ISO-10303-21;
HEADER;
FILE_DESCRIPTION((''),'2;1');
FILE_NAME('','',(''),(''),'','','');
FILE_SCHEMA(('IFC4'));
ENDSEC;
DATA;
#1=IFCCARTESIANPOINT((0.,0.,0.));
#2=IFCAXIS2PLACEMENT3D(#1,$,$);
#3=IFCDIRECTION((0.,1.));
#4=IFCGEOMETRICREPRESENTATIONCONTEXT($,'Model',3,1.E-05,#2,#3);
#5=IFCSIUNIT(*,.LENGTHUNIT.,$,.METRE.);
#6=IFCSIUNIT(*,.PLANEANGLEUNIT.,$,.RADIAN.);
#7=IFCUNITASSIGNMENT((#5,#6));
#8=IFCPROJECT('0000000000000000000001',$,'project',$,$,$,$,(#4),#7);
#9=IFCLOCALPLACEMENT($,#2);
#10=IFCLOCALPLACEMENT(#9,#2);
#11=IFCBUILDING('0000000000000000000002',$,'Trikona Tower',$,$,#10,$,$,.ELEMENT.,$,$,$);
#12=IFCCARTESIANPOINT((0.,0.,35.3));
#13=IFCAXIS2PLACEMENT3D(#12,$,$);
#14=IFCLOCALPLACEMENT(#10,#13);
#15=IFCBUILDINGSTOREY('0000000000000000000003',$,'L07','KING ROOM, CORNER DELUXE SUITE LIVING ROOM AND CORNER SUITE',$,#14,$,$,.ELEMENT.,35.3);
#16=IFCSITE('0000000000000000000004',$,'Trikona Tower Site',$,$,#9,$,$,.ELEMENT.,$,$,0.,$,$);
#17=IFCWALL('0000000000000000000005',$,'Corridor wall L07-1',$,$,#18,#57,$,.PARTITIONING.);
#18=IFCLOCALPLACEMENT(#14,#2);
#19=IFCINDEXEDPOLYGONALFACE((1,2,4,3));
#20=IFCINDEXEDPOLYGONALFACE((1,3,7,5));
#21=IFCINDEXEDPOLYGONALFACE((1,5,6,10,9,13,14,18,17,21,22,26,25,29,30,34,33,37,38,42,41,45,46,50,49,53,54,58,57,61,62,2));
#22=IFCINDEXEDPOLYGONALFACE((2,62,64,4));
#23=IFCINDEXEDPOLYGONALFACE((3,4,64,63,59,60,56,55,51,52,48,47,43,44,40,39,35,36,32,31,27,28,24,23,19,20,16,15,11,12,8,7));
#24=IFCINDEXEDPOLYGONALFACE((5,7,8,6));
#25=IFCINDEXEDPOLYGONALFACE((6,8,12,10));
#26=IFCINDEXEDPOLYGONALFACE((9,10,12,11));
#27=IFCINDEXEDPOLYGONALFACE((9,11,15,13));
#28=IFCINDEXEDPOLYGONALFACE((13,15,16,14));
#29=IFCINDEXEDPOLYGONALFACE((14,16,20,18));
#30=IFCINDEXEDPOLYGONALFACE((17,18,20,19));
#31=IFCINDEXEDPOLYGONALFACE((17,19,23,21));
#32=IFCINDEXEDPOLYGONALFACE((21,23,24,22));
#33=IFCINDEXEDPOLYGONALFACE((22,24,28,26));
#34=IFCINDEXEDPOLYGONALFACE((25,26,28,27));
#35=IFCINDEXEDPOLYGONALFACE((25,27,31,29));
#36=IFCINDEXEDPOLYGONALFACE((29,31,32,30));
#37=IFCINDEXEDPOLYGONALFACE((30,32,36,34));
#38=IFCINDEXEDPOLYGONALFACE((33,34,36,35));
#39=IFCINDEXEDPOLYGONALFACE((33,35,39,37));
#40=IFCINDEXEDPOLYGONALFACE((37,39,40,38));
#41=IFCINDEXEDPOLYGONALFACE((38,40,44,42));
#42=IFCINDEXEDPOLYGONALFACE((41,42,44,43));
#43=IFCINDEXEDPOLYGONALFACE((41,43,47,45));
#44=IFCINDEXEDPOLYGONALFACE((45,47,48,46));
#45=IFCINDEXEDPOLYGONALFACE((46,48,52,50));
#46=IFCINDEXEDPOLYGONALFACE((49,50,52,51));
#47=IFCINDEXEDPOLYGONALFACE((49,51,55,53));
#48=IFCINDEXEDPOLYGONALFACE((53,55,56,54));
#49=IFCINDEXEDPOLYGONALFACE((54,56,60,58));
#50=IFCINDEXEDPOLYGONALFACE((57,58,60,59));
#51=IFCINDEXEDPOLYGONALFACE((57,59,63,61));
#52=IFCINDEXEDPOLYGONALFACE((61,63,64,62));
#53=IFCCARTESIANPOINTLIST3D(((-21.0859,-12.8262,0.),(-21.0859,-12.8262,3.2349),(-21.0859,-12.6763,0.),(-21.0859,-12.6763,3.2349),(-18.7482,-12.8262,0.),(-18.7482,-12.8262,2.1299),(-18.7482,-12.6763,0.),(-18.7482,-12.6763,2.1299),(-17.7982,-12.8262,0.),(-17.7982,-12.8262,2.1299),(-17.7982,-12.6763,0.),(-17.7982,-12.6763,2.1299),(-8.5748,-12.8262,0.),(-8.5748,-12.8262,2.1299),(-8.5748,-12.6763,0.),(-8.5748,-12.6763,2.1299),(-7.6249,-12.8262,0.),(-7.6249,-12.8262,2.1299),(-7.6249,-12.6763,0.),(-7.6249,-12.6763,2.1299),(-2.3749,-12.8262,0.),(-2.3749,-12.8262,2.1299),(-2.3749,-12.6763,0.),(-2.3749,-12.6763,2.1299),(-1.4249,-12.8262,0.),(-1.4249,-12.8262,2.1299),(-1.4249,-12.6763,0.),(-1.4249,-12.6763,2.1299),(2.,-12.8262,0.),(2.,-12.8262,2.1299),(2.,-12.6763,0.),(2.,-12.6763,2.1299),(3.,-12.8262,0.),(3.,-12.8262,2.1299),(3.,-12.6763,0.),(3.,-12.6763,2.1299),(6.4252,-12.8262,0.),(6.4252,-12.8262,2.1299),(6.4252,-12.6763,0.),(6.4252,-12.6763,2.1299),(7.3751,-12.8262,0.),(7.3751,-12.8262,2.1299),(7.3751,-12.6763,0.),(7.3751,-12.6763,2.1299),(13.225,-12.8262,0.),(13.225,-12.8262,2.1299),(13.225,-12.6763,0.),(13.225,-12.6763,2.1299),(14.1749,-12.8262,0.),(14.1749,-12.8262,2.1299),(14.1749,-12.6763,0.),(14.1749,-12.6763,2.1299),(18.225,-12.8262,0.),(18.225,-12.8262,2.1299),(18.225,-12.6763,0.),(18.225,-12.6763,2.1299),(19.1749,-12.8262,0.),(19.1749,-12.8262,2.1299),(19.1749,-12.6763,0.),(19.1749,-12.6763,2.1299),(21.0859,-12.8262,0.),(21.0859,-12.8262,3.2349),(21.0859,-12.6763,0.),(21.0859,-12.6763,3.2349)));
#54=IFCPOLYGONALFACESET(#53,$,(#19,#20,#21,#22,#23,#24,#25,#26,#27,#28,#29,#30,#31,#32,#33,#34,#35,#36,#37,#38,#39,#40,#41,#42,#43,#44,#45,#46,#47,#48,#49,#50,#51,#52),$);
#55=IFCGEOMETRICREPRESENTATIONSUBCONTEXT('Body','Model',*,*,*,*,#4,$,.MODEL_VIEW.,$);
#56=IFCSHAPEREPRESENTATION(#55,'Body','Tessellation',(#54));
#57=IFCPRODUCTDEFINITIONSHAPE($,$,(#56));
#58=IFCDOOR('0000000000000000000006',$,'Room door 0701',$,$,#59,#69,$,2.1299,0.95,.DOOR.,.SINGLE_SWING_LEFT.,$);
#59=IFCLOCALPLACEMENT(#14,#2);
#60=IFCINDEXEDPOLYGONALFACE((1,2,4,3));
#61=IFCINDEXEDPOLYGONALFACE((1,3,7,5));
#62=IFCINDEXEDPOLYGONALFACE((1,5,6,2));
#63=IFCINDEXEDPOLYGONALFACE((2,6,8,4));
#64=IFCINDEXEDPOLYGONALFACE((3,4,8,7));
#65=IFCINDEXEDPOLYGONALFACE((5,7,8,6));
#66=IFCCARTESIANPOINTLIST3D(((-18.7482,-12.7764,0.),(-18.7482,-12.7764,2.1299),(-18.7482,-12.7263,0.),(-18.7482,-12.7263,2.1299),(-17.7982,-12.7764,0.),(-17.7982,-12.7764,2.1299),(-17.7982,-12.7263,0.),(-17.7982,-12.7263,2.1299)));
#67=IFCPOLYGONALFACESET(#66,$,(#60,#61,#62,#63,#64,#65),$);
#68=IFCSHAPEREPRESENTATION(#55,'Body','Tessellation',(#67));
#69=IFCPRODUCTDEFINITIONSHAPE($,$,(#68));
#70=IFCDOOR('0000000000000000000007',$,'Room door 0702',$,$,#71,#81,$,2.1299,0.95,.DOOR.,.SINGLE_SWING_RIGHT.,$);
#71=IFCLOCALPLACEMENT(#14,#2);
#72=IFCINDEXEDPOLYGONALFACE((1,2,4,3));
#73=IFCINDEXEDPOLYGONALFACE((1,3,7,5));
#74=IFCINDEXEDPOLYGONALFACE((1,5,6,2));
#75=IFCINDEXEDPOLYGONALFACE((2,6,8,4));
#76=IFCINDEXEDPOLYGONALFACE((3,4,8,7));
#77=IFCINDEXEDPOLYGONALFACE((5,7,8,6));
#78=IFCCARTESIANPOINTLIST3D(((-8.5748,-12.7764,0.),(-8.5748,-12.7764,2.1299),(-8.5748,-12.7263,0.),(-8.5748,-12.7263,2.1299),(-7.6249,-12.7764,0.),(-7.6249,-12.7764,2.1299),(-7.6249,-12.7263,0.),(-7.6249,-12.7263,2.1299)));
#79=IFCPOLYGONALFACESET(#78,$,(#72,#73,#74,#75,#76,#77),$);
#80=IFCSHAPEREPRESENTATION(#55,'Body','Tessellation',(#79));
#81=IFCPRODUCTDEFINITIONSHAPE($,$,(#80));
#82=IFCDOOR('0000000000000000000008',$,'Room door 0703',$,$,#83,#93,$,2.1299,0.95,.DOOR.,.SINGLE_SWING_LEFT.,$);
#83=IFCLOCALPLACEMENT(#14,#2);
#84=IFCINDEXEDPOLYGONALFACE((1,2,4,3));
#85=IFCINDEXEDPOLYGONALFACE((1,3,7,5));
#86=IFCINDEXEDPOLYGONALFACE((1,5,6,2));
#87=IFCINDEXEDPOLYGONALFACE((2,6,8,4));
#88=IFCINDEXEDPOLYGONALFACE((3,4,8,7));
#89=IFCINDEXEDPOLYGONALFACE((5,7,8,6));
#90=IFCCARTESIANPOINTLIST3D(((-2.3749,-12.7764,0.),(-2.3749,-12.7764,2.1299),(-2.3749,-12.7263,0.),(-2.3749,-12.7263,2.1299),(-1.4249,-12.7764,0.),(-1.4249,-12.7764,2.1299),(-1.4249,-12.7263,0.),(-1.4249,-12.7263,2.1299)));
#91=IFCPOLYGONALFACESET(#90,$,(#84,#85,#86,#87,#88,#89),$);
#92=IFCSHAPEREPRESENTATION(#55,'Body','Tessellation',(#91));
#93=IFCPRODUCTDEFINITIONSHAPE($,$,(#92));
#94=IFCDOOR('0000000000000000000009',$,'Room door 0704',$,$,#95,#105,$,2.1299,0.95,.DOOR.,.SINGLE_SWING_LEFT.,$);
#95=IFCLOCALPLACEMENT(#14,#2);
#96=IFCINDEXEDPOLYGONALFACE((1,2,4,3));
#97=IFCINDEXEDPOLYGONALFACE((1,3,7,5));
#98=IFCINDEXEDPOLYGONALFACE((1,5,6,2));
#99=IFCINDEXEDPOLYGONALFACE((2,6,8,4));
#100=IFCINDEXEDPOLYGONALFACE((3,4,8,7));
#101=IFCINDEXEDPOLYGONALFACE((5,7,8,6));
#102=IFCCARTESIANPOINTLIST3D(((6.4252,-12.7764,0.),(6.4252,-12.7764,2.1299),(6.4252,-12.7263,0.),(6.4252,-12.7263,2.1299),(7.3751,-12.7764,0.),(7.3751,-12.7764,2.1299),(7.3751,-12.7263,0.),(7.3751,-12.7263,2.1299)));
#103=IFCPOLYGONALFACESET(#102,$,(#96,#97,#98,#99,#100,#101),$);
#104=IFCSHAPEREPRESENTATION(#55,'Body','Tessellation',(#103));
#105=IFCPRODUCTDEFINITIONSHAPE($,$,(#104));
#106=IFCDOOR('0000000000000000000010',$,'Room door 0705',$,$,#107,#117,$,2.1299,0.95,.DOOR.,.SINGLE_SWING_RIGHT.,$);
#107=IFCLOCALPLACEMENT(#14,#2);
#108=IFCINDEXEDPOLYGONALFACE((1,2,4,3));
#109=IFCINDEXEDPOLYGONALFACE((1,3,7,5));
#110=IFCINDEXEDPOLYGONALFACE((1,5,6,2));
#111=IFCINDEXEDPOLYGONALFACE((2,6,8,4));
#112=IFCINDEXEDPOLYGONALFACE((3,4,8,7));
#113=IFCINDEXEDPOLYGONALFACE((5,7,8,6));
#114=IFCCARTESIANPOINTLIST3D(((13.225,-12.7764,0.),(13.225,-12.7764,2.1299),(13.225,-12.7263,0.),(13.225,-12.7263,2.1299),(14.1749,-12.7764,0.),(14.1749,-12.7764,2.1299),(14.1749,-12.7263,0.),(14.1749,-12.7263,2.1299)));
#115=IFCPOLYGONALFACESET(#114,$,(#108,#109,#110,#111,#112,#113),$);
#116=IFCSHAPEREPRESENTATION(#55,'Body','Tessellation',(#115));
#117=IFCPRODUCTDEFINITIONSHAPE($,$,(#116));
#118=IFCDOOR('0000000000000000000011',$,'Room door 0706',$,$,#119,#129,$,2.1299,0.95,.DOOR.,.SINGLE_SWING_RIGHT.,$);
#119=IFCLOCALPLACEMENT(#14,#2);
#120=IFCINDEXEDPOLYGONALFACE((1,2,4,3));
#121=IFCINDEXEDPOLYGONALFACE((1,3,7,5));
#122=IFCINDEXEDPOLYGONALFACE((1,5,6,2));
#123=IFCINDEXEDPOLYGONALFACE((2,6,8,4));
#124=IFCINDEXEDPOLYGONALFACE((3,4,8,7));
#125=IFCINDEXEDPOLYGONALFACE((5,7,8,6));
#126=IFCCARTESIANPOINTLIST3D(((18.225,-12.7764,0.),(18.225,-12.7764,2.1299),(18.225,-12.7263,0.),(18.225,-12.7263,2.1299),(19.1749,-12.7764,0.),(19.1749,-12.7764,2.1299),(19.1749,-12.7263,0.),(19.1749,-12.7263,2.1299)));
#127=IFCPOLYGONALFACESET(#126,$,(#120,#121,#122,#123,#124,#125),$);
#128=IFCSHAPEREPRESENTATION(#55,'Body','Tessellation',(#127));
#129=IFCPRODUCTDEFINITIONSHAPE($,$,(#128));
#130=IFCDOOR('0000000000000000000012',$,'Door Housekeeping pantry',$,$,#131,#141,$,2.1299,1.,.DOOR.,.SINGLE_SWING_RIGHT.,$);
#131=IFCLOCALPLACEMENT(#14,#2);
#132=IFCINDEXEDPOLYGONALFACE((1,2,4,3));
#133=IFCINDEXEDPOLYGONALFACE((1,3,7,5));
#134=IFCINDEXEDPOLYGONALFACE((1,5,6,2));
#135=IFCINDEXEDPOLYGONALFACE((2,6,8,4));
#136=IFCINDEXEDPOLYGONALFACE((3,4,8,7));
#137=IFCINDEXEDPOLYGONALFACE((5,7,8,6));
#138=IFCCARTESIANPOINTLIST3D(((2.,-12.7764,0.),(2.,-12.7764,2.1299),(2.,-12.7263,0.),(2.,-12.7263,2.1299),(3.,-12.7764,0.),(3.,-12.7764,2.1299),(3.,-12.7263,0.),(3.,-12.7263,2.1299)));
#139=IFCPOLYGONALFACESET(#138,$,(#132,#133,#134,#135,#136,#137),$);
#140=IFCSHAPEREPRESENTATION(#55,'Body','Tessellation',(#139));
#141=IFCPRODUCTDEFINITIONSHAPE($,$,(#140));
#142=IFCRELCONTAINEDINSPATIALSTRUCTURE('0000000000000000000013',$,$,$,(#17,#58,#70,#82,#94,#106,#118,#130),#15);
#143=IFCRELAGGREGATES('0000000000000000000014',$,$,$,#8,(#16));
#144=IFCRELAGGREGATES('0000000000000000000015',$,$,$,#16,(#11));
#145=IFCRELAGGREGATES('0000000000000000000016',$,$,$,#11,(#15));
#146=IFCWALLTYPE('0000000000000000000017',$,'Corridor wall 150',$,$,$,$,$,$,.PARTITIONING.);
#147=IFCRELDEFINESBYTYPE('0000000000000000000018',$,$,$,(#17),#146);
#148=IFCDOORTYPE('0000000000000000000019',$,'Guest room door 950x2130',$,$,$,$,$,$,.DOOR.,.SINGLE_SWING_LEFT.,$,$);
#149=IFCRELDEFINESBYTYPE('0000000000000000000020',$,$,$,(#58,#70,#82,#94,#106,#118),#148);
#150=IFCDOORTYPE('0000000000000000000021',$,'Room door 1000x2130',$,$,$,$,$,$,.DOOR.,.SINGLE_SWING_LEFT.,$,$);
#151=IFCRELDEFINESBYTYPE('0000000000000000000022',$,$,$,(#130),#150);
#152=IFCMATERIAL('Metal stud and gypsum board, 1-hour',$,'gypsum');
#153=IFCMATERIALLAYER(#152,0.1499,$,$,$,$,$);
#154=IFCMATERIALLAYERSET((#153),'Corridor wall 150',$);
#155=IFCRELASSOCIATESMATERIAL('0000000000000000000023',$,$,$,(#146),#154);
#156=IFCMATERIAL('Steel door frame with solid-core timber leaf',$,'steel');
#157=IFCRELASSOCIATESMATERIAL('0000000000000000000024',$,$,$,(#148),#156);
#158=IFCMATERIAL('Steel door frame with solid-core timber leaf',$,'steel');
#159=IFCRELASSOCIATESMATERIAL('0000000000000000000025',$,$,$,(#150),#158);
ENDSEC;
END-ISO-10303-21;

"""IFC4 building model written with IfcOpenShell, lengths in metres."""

from ifc_helpers import new_model, si_unit, direction, frame, frame_2d, origin, place, context, subcontext, project, spatial, rectangle, extrude, material, layer, layer_set, type_object, element, fill, save


model = new_model("IFC4")

# Units and contexts
model_context = context("Model", 3, precision=1e-05, world=origin(), true_north=direction((0.0, 1.0)))
body_context = subcontext(model_context, "Body", "Model", "MODEL_VIEW")
ifc_project = project(units=[si_unit("LENGTHUNIT", "METRE"), si_unit("PLANEANGLEUNIT", "RADIAN")], contexts=[model_context])

# Site, building, storey
site_placement = place(None, origin())
site = spatial("IfcSite", under=ifc_project, at=site_placement, Name="Trikona Tower Site", CompositionType="ELEMENT", RefElevation=0.0)
building_placement = place(site_placement, origin())
building = spatial("IfcBuilding", under=site, at=building_placement, Name="Trikona Tower", CompositionType="ELEMENT")
storey_placement = place(building_placement, frame((0.0, 0.0, 35.3)))
storey = spatial("IfcBuildingStorey", under=building, at=storey_placement, Name="L07", Description="KING ROOM, CORNER DELUXE SUITE LIVING ROOM AND CORNER SUITE", CompositionType="ELEMENT", Elevation=35.3)

# Wall, openings, doors
ifc_material_1 = material(Name="Metal stud and gypsum board, 1-hour", Category="gypsum")
ifc_layer_1 = layer(ifc_material_1, 0.1499)
ifc_layer_set_1 = layer_set([ifc_layer_1], Name="Corridor wall 150")
wall_type_1 = type_object("IfcWallType", Name="Corridor wall 150", PredefinedType="PARTITIONING", material=ifc_layer_set_1)
wall_1_placement = place(storey_placement, frame((-21.0859, -12.7512, 0.0), z_axis=(0.0, 0.0, 1.0), x_axis=(1.0, 0.0, 0.0)))
wall_1 = element("IfcWall", 1, at=wall_1_placement, inside=storey, type_object=wall_type_1, Name="Corridor wall L07-1", PredefinedType="PARTITIONING", context=body_context, shape_type="SweptSolid", body=[
    extrude(rectangle(XDim=42.1719, YDim=0.1499, at=frame_2d((21.0859, 0.0))), origin(), (0.0, 0.0, 1.0), 3.2349),
])
opening_1_placement = place(wall_1_placement, frame((2.3376, 0.0, 0.0)))
opening_1 = element("IfcOpeningElement", 2, at=opening_1_placement, cuts=wall_1, PredefinedType="OPENING", context=body_context, shape_type="SweptSolid", body=[
    extrude(rectangle(XDim=0.95, YDim=2.1299, at=frame_2d((0.4751, 1.0649))), frame((0.0, 0.085, 0.0), z_axis=(0.0, -1.0, 0.0), x_axis=(1.0, 0.0, 0.0)), (0.0, 0.0, 1.0), 0.1699),
])
opening_2_placement = place(wall_1_placement, frame((12.511, 0.0, 0.0)))
opening_2 = element("IfcOpeningElement", 3, at=opening_2_placement, cuts=wall_1, PredefinedType="OPENING", context=body_context, shape_type="SweptSolid", body=[
    extrude(rectangle(XDim=0.95, YDim=2.1299, at=frame_2d((0.4751, 1.0649))), frame((0.0, 0.085, 0.0), z_axis=(0.0, -1.0, 0.0), x_axis=(1.0, 0.0, 0.0)), (0.0, 0.0, 1.0), 0.1699),
])
opening_3_placement = place(wall_1_placement, frame((18.7109, 0.0, 0.0)))
opening_3 = element("IfcOpeningElement", 4, at=opening_3_placement, cuts=wall_1, PredefinedType="OPENING", context=body_context, shape_type="SweptSolid", body=[
    extrude(rectangle(XDim=0.95, YDim=2.1299, at=frame_2d((0.4751, 1.0649))), frame((0.0, 0.085, 0.0), z_axis=(0.0, -1.0, 0.0), x_axis=(1.0, 0.0, 0.0)), (0.0, 0.0, 1.0), 0.1699),
])
opening_4_placement = place(wall_1_placement, frame((23.0859, 0.0, 0.0)))
opening_4 = element("IfcOpeningElement", 5, at=opening_4_placement, cuts=wall_1, PredefinedType="OPENING", context=body_context, shape_type="SweptSolid", body=[
    extrude(rectangle(XDim=1.0, YDim=2.1299, at=frame_2d((0.5, 1.0649))), frame((0.0, 0.085, 0.0), z_axis=(0.0, -1.0, 0.0), x_axis=(1.0, 0.0, 0.0)), (0.0, 0.0, 1.0), 0.1699),
])
opening_5_placement = place(wall_1_placement, frame((27.511, 0.0, 0.0)))
opening_5 = element("IfcOpeningElement", 6, at=opening_5_placement, cuts=wall_1, PredefinedType="OPENING", context=body_context, shape_type="SweptSolid", body=[
    extrude(rectangle(XDim=0.95, YDim=2.1299, at=frame_2d((0.4751, 1.0649))), frame((0.0, 0.085, 0.0), z_axis=(0.0, -1.0, 0.0), x_axis=(1.0, 0.0, 0.0)), (0.0, 0.0, 1.0), 0.1699),
])
opening_6_placement = place(wall_1_placement, frame((34.3108, 0.0, 0.0)))
opening_6 = element("IfcOpeningElement", 7, at=opening_6_placement, cuts=wall_1, PredefinedType="OPENING", context=body_context, shape_type="SweptSolid", body=[
    extrude(rectangle(XDim=0.95, YDim=2.1299, at=frame_2d((0.4751, 1.0649))), frame((0.0, 0.085, 0.0), z_axis=(0.0, -1.0, 0.0), x_axis=(1.0, 0.0, 0.0)), (0.0, 0.0, 1.0), 0.1699),
])
opening_7_placement = place(wall_1_placement, frame((39.3108, 0.0, 0.0)))
opening_7 = element("IfcOpeningElement", 8, at=opening_7_placement, cuts=wall_1, PredefinedType="OPENING", context=body_context, shape_type="SweptSolid", body=[
    extrude(rectangle(XDim=0.95, YDim=2.1299, at=frame_2d((0.4751, 1.0649))), frame((0.0, 0.085, 0.0), z_axis=(0.0, -1.0, 0.0), x_axis=(1.0, 0.0, 0.0)), (0.0, 0.0, 1.0), 0.1699),
])
ifc_material_2 = material(Name="Steel door frame with solid-core timber leaf", Category="steel")
door_type_1 = type_object("IfcDoorType", Name="Guest room door 950x2130", OperationType="SINGLE_SWING_LEFT", PredefinedType="DOOR", material=ifc_material_2)
door_1_placement = place(opening_1_placement, origin())
door_1 = element("IfcDoor", 9, at=door_1_placement, inside=storey, type_object=door_type_1, Name="Room door 0701", OperationType="SINGLE_SWING_LEFT", OverallHeight=2.1299, OverallWidth=0.95, PredefinedType="DOOR", context=body_context, shape_type="SweptSolid", body=[
    extrude(rectangle(XDim=0.95, YDim=2.1299, at=frame_2d((0.4751, 1.0649))), frame((0.0, 0.0249, 0.0), z_axis=(0.0, -1.0, 0.0), x_axis=(1.0, 0.0, 0.0)), (0.0, 0.0, 1.0), 0.05),
])
fill(opening_1, door_1)
door_2_placement = place(opening_2_placement, origin())
door_2 = element("IfcDoor", 10, at=door_2_placement, inside=storey, type_object=door_type_1, Name="Room door 0702", OperationType="SINGLE_SWING_RIGHT", OverallHeight=2.1299, OverallWidth=0.95, PredefinedType="DOOR", context=body_context, shape_type="SweptSolid", body=[
    extrude(rectangle(XDim=0.95, YDim=2.1299, at=frame_2d((0.4751, 1.0649))), frame((0.0, 0.0249, 0.0), z_axis=(0.0, -1.0, 0.0), x_axis=(1.0, 0.0, 0.0)), (0.0, 0.0, 1.0), 0.05),
])
fill(opening_2, door_2)
door_3_placement = place(opening_3_placement, origin())
door_3 = element("IfcDoor", 11, at=door_3_placement, inside=storey, type_object=door_type_1, Name="Room door 0703", OperationType="SINGLE_SWING_LEFT", OverallHeight=2.1299, OverallWidth=0.95, PredefinedType="DOOR", context=body_context, shape_type="SweptSolid", body=[
    extrude(rectangle(XDim=0.95, YDim=2.1299, at=frame_2d((0.4751, 1.0649))), frame((0.0, 0.0249, 0.0), z_axis=(0.0, -1.0, 0.0), x_axis=(1.0, 0.0, 0.0)), (0.0, 0.0, 1.0), 0.05),
])
fill(opening_3, door_3)
door_4_placement = place(opening_5_placement, origin())
door_4 = element("IfcDoor", 12, at=door_4_placement, inside=storey, type_object=door_type_1, Name="Room door 0704", OperationType="SINGLE_SWING_LEFT", OverallHeight=2.1299, OverallWidth=0.95, PredefinedType="DOOR", context=body_context, shape_type="SweptSolid", body=[
    extrude(rectangle(XDim=0.95, YDim=2.1299, at=frame_2d((0.4751, 1.0649))), frame((0.0, 0.0249, 0.0), z_axis=(0.0, -1.0, 0.0), x_axis=(1.0, 0.0, 0.0)), (0.0, 0.0, 1.0), 0.05),
])
fill(opening_5, door_4)
door_5_placement = place(opening_6_placement, origin())
door_5 = element("IfcDoor", 13, at=door_5_placement, inside=storey, type_object=door_type_1, Name="Room door 0705", OperationType="SINGLE_SWING_RIGHT", OverallHeight=2.1299, OverallWidth=0.95, PredefinedType="DOOR", context=body_context, shape_type="SweptSolid", body=[
    extrude(rectangle(XDim=0.95, YDim=2.1299, at=frame_2d((0.4751, 1.0649))), frame((0.0, 0.0249, 0.0), z_axis=(0.0, -1.0, 0.0), x_axis=(1.0, 0.0, 0.0)), (0.0, 0.0, 1.0), 0.05),
])
fill(opening_6, door_5)
door_6_placement = place(opening_7_placement, origin())
door_6 = element("IfcDoor", 14, at=door_6_placement, inside=storey, type_object=door_type_1, Name="Room door 0706", OperationType="SINGLE_SWING_RIGHT", OverallHeight=2.1299, OverallWidth=0.95, PredefinedType="DOOR", context=body_context, shape_type="SweptSolid", body=[
    extrude(rectangle(XDim=0.95, YDim=2.1299, at=frame_2d((0.4751, 1.0649))), frame((0.0, 0.0249, 0.0), z_axis=(0.0, -1.0, 0.0), x_axis=(1.0, 0.0, 0.0)), (0.0, 0.0, 1.0), 0.05),
])
fill(opening_7, door_6)
ifc_material_3 = material(Name="Steel door frame with solid-core timber leaf", Category="steel")
door_type_2 = type_object("IfcDoorType", Name="Room door 1000x2130", OperationType="SINGLE_SWING_LEFT", PredefinedType="DOOR", material=ifc_material_3)
door_7_placement = place(opening_4_placement, origin())
door_7 = element("IfcDoor", 15, at=door_7_placement, inside=storey, type_object=door_type_2, Name="Door Housekeeping pantry", OperationType="SINGLE_SWING_RIGHT", OverallHeight=2.1299, OverallWidth=1.0, PredefinedType="DOOR", context=body_context, shape_type="SweptSolid", body=[
    extrude(rectangle(XDim=1.0, YDim=2.1299, at=frame_2d((0.5, 1.0649))), frame((0.0, 0.0249, 0.0), z_axis=(0.0, -1.0, 0.0), x_axis=(1.0, 0.0, 0.0)), (0.0, 0.0, 1.0), 0.05),
])
fill(opening_4, door_7)

save(model, "model.ifc")
